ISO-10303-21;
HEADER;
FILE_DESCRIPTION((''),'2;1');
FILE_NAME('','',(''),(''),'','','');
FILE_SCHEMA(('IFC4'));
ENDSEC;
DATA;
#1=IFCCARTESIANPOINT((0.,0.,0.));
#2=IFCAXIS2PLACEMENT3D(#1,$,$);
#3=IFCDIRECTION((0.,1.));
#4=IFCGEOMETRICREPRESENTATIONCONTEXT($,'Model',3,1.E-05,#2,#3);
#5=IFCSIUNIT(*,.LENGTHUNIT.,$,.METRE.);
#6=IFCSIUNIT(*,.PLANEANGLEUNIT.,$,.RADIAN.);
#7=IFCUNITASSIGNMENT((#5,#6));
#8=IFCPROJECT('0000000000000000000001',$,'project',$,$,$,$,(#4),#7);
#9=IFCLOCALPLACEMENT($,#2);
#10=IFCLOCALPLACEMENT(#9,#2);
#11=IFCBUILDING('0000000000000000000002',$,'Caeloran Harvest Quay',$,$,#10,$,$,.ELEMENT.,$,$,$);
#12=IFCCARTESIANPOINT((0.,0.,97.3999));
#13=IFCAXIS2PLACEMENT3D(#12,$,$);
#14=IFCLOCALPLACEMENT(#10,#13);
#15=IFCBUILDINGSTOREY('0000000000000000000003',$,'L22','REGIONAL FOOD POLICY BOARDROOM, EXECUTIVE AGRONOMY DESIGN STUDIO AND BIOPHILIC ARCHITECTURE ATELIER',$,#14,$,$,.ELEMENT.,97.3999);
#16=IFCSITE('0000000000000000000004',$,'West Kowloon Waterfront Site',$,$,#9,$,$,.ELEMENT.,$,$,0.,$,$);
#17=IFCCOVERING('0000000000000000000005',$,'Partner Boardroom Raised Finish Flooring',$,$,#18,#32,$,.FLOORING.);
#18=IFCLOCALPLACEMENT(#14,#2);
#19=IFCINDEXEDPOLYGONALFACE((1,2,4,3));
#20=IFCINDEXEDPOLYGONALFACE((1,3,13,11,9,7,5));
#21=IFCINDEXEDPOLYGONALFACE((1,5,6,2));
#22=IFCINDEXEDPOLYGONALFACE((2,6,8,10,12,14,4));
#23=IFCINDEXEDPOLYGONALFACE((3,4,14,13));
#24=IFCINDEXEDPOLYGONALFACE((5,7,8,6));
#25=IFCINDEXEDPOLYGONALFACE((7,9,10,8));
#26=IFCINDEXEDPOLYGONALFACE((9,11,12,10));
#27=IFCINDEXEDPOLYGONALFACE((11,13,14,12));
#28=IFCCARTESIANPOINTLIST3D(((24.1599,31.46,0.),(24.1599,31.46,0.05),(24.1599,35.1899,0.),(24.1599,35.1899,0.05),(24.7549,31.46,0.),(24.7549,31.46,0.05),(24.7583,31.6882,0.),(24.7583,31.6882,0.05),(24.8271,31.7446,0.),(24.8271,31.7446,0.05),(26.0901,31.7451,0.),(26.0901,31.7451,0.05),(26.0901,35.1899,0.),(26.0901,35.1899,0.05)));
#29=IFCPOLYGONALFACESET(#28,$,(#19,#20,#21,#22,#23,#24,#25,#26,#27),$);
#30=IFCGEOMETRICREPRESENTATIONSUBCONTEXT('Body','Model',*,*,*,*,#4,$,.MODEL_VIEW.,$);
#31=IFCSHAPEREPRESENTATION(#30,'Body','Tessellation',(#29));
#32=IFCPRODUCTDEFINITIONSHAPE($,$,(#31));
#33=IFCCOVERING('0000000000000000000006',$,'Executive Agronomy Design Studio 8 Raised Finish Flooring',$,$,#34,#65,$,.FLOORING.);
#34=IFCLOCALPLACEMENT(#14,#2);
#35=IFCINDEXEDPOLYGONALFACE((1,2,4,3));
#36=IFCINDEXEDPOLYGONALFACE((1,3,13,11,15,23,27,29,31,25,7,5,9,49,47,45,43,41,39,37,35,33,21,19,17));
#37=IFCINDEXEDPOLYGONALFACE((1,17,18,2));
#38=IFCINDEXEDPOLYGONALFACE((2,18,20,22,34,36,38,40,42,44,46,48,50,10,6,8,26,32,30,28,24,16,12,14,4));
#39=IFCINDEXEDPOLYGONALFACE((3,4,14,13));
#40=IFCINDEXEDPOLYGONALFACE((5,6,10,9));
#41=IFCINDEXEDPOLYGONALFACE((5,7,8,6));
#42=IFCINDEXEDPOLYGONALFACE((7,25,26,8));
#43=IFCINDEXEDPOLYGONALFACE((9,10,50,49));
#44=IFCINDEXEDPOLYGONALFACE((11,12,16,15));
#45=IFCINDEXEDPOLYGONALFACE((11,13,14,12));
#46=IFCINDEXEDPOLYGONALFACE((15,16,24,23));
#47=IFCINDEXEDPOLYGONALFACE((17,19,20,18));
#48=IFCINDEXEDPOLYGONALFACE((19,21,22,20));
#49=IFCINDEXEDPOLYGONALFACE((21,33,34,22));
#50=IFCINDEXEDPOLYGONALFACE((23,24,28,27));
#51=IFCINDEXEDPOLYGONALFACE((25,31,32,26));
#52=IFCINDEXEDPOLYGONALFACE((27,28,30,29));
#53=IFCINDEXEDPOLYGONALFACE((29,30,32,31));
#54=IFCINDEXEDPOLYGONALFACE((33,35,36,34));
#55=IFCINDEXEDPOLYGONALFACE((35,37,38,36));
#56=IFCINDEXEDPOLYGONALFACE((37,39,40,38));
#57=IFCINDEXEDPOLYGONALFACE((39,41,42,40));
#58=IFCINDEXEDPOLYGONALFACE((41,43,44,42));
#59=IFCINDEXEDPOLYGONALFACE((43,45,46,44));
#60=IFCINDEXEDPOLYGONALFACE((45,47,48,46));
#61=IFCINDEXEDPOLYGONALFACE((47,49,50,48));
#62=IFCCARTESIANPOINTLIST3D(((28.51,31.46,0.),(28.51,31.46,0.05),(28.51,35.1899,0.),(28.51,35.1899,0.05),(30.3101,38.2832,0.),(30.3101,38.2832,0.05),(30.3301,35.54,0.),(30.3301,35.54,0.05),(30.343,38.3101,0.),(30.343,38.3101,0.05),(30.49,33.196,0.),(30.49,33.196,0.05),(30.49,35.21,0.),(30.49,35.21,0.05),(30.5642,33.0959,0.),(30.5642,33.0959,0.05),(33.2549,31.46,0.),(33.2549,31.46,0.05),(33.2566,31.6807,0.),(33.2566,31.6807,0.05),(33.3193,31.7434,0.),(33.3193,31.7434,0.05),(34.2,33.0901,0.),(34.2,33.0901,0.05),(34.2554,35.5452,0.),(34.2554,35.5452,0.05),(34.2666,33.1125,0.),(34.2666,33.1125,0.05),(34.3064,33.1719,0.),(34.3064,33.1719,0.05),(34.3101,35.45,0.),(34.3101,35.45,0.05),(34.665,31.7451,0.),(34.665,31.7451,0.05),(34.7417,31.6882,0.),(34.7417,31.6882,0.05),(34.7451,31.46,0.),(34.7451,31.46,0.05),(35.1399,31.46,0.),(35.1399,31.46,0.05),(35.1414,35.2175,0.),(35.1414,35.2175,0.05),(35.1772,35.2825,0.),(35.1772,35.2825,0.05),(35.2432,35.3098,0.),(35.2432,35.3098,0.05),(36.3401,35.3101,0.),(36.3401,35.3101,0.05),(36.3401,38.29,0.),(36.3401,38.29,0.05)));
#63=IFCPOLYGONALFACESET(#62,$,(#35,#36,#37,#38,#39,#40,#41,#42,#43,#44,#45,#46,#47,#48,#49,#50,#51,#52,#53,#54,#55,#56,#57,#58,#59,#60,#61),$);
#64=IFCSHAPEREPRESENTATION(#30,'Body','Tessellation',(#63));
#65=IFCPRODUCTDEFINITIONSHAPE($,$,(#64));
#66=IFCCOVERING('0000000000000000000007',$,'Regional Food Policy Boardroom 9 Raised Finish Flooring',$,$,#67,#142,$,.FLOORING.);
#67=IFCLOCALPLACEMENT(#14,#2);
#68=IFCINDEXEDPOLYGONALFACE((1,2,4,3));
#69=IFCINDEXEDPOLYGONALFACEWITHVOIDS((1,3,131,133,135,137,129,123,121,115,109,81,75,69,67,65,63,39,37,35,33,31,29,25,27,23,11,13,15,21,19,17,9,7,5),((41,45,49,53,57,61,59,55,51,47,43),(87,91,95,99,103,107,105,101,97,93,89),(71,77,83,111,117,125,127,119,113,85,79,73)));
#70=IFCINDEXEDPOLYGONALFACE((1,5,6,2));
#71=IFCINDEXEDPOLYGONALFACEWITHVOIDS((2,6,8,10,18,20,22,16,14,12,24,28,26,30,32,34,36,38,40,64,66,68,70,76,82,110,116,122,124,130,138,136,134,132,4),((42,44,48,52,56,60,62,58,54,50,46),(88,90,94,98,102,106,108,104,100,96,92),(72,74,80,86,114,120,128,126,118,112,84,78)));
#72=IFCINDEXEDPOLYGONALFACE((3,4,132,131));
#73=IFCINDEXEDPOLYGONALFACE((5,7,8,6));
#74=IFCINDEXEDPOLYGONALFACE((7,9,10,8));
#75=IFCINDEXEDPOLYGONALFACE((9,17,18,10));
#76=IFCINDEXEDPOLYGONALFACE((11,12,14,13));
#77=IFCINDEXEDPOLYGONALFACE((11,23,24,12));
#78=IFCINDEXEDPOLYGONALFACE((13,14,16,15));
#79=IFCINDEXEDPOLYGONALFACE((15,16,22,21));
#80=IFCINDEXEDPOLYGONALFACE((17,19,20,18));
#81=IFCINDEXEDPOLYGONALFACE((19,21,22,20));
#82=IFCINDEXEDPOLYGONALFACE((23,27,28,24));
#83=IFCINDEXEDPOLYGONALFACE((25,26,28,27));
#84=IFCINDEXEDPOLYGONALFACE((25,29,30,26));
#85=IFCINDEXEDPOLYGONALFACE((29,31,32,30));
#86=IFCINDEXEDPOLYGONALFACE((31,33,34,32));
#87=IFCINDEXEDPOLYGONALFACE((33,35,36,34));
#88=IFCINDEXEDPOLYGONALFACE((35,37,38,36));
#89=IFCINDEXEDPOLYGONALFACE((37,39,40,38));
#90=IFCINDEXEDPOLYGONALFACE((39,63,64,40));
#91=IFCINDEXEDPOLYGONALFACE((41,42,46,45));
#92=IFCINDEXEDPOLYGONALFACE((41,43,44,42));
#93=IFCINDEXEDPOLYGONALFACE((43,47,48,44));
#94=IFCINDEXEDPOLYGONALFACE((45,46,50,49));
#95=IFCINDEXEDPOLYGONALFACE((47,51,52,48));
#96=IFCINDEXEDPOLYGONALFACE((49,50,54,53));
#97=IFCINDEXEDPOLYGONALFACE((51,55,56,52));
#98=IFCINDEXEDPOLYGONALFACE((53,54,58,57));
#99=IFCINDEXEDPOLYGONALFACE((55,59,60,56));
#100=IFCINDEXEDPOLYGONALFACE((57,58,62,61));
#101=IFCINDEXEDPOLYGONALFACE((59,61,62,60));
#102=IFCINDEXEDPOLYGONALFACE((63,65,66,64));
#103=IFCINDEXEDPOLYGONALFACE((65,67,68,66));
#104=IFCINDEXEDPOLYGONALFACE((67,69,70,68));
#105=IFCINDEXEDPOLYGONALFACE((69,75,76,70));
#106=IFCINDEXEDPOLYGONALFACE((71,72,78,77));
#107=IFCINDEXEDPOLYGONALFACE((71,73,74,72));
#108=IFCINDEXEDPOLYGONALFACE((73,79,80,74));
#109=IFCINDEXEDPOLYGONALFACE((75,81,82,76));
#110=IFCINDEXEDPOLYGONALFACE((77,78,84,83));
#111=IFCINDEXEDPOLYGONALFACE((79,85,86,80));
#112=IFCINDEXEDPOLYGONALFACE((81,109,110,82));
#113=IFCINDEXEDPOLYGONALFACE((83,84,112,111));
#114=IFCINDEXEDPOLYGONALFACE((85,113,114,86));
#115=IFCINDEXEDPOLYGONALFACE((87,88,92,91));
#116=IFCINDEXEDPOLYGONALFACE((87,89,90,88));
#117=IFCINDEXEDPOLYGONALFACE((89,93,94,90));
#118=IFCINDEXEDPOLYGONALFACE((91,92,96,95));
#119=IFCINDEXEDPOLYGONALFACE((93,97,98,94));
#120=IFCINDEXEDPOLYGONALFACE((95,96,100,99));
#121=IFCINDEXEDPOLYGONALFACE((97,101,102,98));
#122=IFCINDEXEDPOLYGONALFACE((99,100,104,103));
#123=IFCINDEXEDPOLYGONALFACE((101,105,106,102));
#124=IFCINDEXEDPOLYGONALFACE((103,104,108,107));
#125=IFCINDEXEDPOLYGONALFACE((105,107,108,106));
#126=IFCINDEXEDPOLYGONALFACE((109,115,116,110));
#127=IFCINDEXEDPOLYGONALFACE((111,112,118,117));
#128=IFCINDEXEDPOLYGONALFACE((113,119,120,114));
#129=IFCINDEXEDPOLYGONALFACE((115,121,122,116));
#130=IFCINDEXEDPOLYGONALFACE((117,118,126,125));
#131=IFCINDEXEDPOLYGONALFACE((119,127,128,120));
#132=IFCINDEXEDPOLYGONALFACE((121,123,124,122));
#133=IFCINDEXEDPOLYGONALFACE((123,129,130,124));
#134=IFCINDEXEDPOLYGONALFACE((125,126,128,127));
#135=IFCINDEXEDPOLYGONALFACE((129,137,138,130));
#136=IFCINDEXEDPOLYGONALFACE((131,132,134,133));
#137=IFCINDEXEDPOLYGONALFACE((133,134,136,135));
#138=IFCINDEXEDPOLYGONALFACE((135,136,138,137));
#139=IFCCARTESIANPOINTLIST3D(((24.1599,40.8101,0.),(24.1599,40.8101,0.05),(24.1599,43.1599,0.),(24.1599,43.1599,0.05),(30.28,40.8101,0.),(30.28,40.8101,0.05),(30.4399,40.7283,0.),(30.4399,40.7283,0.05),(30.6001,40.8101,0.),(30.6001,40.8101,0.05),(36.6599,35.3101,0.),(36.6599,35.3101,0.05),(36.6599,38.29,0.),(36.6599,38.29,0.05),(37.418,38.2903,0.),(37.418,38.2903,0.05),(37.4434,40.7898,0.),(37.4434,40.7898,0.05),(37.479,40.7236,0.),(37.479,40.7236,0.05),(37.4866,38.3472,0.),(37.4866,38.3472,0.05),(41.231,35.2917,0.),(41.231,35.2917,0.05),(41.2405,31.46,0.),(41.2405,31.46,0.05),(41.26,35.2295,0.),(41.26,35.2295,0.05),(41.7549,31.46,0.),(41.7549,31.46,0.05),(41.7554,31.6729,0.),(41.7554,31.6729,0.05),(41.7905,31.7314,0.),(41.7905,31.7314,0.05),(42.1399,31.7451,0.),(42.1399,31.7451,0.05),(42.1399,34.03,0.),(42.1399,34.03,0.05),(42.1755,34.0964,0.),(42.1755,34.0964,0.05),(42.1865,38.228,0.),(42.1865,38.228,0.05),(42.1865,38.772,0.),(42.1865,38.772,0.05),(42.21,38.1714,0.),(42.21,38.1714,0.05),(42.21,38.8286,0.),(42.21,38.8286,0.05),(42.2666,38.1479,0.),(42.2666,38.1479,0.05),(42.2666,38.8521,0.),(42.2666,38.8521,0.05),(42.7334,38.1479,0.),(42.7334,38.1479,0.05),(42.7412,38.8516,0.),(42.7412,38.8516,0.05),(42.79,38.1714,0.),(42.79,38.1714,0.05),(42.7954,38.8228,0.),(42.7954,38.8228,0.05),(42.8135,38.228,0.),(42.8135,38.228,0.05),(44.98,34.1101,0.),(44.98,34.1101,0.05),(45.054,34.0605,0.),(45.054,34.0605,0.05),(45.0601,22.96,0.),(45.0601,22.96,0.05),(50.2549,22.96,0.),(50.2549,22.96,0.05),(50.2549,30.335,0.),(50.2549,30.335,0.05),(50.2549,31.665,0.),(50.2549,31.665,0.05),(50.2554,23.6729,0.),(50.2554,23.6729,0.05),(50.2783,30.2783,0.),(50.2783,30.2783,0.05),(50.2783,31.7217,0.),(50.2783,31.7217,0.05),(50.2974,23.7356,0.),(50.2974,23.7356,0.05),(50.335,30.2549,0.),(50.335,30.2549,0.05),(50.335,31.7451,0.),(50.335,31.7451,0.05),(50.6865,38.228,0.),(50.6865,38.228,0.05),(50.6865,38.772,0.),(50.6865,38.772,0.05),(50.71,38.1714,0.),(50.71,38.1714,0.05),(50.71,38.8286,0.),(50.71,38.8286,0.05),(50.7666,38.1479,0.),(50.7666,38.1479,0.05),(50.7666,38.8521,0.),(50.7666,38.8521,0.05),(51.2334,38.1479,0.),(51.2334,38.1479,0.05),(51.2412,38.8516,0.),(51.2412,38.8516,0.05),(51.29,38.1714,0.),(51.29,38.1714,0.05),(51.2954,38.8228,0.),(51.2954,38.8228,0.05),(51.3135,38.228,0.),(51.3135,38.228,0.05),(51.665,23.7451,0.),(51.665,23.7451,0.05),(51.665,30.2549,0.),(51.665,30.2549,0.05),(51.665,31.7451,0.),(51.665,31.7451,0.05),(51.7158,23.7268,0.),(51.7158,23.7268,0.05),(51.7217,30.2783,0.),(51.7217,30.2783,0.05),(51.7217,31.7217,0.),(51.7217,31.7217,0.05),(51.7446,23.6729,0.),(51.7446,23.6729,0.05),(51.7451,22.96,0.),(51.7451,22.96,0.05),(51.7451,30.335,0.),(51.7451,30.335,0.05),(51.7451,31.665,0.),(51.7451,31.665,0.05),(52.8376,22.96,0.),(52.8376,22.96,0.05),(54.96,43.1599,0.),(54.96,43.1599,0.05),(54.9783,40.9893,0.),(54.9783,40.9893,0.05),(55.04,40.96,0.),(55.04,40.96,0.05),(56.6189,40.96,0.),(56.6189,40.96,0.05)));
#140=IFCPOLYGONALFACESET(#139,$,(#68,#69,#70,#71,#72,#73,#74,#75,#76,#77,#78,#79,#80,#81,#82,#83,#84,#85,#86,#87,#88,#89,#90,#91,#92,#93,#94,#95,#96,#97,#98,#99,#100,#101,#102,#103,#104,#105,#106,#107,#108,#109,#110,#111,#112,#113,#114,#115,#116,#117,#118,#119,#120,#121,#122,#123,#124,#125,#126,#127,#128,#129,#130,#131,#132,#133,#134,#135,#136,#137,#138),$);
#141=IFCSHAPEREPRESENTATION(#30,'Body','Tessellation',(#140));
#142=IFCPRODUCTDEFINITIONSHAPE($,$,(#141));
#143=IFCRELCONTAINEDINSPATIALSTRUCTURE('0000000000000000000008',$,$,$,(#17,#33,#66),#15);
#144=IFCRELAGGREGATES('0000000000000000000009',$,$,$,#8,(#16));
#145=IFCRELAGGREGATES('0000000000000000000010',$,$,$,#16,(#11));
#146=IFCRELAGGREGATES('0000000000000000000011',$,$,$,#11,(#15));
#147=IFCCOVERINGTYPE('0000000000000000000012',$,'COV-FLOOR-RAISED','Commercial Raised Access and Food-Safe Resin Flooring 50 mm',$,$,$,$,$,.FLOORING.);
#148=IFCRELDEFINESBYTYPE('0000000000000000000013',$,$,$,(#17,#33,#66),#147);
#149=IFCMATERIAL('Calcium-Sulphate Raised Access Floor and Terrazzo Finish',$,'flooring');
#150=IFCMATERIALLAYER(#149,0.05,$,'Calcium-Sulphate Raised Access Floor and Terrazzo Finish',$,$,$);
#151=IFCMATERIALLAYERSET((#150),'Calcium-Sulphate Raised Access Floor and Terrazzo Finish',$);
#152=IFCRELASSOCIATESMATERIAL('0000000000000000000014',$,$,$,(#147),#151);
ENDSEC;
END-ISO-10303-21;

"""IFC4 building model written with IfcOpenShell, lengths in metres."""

from ifc_helpers import new_model, si_unit, direction, frame, origin, place, context, subcontext, project, spatial, polyline, outline, extrude, material, layer, layer_set, type_object, element, save


model = new_model("IFC4")

# Units and contexts
model_context = context("Model", 3, precision=1e-05, world=origin(), true_north=direction((0.0, 1.0)))
body_context = subcontext(model_context, "Body", "Model", "MODEL_VIEW")
ifc_project = project(units=[si_unit("LENGTHUNIT", "METRE"), si_unit("PLANEANGLEUNIT", "RADIAN")], contexts=[model_context])

# Site, building, storey
site_placement = place(None, origin())
site = spatial("IfcSite", under=ifc_project, at=site_placement, Name="West Kowloon Waterfront Site", CompositionType="ELEMENT", RefElevation=0.0)
building_placement = place(site_placement, origin())
building = spatial("IfcBuilding", under=site, at=building_placement, Name="Caeloran Harvest Quay", CompositionType="ELEMENT")
storey_placement = place(building_placement, frame((0.0, 0.0, 97.3999)))
storey = spatial("IfcBuildingStorey", under=building, at=storey_placement, Name="L22", Description="REGIONAL FOOD POLICY BOARDROOM, EXECUTIVE AGRONOMY DESIGN STUDIO AND BIOPHILIC ARCHITECTURE ATELIER", CompositionType="ELEMENT", Elevation=97.3999)

# Coverings
ifc_material_1 = material(Name="Calcium-Sulphate Raised Access Floor and Terrazzo Finish", Category="flooring")
ifc_layer_1 = layer(ifc_material_1, 0.05, Name="Calcium-Sulphate Raised Access Floor and Terrazzo Finish")
ifc_layer_set_1 = layer_set([ifc_layer_1], Name="Calcium-Sulphate Raised Access Floor and Terrazzo Finish")
covering_type_1 = type_object("IfcCoveringType", Name="COV-FLOOR-RAISED", Description="Commercial Raised Access and Food-Safe Resin Flooring 50 mm", PredefinedType="FLOORING", material=ifc_layer_set_1)
covering_1_placement = place(storey_placement, origin())
element("IfcCovering", 1, at=covering_1_placement, inside=storey, type_object=covering_type_1, Name="Partner Boardroom Raised Finish Flooring", PredefinedType="FLOORING", context=body_context, shape_type="SweptSolid", body=[
    extrude(outline(polyline([(24.1599, 35.1899), (26.0901, 35.1899), (26.0901, 31.7451), (24.8271, 31.7446), (24.7583, 31.6882), (24.7549, 31.46), (24.1599, 31.46), (24.1599, 35.1899)])), origin(), (0.0, 0.0, 1.0), 0.05),
])
covering_2_placement = place(storey_placement, origin())
element("IfcCovering", 2, at=covering_2_placement, inside=storey, type_object=covering_type_1, Name="Executive Agronomy Design Studio 8 Raised Finish Flooring", PredefinedType="FLOORING", context=body_context, shape_type="SweptSolid", body=[
    extrude(outline(polyline([(30.3101, 38.2832), (30.343, 38.3101), (36.3401, 38.29), (36.3401, 35.3101), (35.2432, 35.3098), (35.1772, 35.2825), (35.1414, 35.2175), (35.1399, 31.46), (34.7451, 31.46), (34.7417, 31.6882), (34.665, 31.7451), (33.3193, 31.7434), (33.2566, 31.6807), (33.2549, 31.46), (28.51, 31.46), (28.51, 35.1899), (30.49, 35.21), (30.49, 33.196), (30.5642, 33.0959), (34.2, 33.0901), (34.2666, 33.1125), (34.3064, 33.1719), (34.3101, 35.45), (34.2554, 35.5452), (30.3301, 35.54), (30.3101, 38.2832)])), origin(), (0.0, 0.0, 1.0), 0.05),
])
covering_3_placement = place(storey_placement, origin())
element("IfcCovering", 3, at=covering_3_placement, inside=storey, type_object=covering_type_1, Name="Regional Food Policy Boardroom 9 Raised Finish Flooring", PredefinedType="FLOORING", context=body_context, shape_type="SweptSolid", body=[
    extrude(outline(polyline([(24.1599, 40.8101), (24.1599, 43.1599), (54.96, 43.1599), (54.9783, 40.9893), (55.04, 40.96), (56.6189, 40.96), (52.8376, 22.96), (51.7451, 22.96), (51.7446, 23.6729), (51.7158, 23.7268), (51.665, 23.7451), (50.2974, 23.7356), (50.2554, 23.6729), (50.2549, 22.96), (45.0601, 22.96), (45.054, 34.0605), (44.98, 34.1101), (42.1755, 34.0964), (42.1399, 34.03), (42.1399, 31.7451), (41.7905, 31.7314), (41.7554, 31.6729), (41.7549, 31.46), (41.2405, 31.46), (41.26, 35.2295), (41.231, 35.2917), (36.6599, 35.3101), (36.6599, 38.29), (37.418, 38.2903), (37.4866, 38.3472), (37.479, 40.7236), (37.4434, 40.7898), (30.6001, 40.8101), (30.4399, 40.7283), (30.28, 40.8101), (24.1599, 40.8101)]), holes=[polyline([(51.7451, 31.665), (51.7217, 31.7217), (51.665, 31.7451), (50.335, 31.7451), (50.2783, 31.7217), (50.2549, 31.665), (50.2549, 30.335), (50.2783, 30.2783), (50.335, 30.2549), (51.665, 30.2549), (51.7217, 30.2783), (51.7451, 30.335), (51.7451, 31.665)]), polyline([(51.3135, 38.228), (51.2954, 38.8228), (51.2412, 38.8516), (50.7666, 38.8521), (50.71, 38.8286), (50.6865, 38.772), (50.6865, 38.228), (50.71, 38.1714), (50.7666, 38.1479), (51.2334, 38.1479), (51.29, 38.1714), (51.3135, 38.228)]), polyline([(42.8135, 38.228), (42.7954, 38.8228), (42.7412, 38.8516), (42.2666, 38.8521), (42.21, 38.8286), (42.1865, 38.772), (42.1865, 38.228), (42.21, 38.1714), (42.2666, 38.1479), (42.7334, 38.1479), (42.79, 38.1714), (42.8135, 38.228)])]), origin(), (0.0, 0.0, 1.0), 0.05),
])

save(model, "model.ifc")
